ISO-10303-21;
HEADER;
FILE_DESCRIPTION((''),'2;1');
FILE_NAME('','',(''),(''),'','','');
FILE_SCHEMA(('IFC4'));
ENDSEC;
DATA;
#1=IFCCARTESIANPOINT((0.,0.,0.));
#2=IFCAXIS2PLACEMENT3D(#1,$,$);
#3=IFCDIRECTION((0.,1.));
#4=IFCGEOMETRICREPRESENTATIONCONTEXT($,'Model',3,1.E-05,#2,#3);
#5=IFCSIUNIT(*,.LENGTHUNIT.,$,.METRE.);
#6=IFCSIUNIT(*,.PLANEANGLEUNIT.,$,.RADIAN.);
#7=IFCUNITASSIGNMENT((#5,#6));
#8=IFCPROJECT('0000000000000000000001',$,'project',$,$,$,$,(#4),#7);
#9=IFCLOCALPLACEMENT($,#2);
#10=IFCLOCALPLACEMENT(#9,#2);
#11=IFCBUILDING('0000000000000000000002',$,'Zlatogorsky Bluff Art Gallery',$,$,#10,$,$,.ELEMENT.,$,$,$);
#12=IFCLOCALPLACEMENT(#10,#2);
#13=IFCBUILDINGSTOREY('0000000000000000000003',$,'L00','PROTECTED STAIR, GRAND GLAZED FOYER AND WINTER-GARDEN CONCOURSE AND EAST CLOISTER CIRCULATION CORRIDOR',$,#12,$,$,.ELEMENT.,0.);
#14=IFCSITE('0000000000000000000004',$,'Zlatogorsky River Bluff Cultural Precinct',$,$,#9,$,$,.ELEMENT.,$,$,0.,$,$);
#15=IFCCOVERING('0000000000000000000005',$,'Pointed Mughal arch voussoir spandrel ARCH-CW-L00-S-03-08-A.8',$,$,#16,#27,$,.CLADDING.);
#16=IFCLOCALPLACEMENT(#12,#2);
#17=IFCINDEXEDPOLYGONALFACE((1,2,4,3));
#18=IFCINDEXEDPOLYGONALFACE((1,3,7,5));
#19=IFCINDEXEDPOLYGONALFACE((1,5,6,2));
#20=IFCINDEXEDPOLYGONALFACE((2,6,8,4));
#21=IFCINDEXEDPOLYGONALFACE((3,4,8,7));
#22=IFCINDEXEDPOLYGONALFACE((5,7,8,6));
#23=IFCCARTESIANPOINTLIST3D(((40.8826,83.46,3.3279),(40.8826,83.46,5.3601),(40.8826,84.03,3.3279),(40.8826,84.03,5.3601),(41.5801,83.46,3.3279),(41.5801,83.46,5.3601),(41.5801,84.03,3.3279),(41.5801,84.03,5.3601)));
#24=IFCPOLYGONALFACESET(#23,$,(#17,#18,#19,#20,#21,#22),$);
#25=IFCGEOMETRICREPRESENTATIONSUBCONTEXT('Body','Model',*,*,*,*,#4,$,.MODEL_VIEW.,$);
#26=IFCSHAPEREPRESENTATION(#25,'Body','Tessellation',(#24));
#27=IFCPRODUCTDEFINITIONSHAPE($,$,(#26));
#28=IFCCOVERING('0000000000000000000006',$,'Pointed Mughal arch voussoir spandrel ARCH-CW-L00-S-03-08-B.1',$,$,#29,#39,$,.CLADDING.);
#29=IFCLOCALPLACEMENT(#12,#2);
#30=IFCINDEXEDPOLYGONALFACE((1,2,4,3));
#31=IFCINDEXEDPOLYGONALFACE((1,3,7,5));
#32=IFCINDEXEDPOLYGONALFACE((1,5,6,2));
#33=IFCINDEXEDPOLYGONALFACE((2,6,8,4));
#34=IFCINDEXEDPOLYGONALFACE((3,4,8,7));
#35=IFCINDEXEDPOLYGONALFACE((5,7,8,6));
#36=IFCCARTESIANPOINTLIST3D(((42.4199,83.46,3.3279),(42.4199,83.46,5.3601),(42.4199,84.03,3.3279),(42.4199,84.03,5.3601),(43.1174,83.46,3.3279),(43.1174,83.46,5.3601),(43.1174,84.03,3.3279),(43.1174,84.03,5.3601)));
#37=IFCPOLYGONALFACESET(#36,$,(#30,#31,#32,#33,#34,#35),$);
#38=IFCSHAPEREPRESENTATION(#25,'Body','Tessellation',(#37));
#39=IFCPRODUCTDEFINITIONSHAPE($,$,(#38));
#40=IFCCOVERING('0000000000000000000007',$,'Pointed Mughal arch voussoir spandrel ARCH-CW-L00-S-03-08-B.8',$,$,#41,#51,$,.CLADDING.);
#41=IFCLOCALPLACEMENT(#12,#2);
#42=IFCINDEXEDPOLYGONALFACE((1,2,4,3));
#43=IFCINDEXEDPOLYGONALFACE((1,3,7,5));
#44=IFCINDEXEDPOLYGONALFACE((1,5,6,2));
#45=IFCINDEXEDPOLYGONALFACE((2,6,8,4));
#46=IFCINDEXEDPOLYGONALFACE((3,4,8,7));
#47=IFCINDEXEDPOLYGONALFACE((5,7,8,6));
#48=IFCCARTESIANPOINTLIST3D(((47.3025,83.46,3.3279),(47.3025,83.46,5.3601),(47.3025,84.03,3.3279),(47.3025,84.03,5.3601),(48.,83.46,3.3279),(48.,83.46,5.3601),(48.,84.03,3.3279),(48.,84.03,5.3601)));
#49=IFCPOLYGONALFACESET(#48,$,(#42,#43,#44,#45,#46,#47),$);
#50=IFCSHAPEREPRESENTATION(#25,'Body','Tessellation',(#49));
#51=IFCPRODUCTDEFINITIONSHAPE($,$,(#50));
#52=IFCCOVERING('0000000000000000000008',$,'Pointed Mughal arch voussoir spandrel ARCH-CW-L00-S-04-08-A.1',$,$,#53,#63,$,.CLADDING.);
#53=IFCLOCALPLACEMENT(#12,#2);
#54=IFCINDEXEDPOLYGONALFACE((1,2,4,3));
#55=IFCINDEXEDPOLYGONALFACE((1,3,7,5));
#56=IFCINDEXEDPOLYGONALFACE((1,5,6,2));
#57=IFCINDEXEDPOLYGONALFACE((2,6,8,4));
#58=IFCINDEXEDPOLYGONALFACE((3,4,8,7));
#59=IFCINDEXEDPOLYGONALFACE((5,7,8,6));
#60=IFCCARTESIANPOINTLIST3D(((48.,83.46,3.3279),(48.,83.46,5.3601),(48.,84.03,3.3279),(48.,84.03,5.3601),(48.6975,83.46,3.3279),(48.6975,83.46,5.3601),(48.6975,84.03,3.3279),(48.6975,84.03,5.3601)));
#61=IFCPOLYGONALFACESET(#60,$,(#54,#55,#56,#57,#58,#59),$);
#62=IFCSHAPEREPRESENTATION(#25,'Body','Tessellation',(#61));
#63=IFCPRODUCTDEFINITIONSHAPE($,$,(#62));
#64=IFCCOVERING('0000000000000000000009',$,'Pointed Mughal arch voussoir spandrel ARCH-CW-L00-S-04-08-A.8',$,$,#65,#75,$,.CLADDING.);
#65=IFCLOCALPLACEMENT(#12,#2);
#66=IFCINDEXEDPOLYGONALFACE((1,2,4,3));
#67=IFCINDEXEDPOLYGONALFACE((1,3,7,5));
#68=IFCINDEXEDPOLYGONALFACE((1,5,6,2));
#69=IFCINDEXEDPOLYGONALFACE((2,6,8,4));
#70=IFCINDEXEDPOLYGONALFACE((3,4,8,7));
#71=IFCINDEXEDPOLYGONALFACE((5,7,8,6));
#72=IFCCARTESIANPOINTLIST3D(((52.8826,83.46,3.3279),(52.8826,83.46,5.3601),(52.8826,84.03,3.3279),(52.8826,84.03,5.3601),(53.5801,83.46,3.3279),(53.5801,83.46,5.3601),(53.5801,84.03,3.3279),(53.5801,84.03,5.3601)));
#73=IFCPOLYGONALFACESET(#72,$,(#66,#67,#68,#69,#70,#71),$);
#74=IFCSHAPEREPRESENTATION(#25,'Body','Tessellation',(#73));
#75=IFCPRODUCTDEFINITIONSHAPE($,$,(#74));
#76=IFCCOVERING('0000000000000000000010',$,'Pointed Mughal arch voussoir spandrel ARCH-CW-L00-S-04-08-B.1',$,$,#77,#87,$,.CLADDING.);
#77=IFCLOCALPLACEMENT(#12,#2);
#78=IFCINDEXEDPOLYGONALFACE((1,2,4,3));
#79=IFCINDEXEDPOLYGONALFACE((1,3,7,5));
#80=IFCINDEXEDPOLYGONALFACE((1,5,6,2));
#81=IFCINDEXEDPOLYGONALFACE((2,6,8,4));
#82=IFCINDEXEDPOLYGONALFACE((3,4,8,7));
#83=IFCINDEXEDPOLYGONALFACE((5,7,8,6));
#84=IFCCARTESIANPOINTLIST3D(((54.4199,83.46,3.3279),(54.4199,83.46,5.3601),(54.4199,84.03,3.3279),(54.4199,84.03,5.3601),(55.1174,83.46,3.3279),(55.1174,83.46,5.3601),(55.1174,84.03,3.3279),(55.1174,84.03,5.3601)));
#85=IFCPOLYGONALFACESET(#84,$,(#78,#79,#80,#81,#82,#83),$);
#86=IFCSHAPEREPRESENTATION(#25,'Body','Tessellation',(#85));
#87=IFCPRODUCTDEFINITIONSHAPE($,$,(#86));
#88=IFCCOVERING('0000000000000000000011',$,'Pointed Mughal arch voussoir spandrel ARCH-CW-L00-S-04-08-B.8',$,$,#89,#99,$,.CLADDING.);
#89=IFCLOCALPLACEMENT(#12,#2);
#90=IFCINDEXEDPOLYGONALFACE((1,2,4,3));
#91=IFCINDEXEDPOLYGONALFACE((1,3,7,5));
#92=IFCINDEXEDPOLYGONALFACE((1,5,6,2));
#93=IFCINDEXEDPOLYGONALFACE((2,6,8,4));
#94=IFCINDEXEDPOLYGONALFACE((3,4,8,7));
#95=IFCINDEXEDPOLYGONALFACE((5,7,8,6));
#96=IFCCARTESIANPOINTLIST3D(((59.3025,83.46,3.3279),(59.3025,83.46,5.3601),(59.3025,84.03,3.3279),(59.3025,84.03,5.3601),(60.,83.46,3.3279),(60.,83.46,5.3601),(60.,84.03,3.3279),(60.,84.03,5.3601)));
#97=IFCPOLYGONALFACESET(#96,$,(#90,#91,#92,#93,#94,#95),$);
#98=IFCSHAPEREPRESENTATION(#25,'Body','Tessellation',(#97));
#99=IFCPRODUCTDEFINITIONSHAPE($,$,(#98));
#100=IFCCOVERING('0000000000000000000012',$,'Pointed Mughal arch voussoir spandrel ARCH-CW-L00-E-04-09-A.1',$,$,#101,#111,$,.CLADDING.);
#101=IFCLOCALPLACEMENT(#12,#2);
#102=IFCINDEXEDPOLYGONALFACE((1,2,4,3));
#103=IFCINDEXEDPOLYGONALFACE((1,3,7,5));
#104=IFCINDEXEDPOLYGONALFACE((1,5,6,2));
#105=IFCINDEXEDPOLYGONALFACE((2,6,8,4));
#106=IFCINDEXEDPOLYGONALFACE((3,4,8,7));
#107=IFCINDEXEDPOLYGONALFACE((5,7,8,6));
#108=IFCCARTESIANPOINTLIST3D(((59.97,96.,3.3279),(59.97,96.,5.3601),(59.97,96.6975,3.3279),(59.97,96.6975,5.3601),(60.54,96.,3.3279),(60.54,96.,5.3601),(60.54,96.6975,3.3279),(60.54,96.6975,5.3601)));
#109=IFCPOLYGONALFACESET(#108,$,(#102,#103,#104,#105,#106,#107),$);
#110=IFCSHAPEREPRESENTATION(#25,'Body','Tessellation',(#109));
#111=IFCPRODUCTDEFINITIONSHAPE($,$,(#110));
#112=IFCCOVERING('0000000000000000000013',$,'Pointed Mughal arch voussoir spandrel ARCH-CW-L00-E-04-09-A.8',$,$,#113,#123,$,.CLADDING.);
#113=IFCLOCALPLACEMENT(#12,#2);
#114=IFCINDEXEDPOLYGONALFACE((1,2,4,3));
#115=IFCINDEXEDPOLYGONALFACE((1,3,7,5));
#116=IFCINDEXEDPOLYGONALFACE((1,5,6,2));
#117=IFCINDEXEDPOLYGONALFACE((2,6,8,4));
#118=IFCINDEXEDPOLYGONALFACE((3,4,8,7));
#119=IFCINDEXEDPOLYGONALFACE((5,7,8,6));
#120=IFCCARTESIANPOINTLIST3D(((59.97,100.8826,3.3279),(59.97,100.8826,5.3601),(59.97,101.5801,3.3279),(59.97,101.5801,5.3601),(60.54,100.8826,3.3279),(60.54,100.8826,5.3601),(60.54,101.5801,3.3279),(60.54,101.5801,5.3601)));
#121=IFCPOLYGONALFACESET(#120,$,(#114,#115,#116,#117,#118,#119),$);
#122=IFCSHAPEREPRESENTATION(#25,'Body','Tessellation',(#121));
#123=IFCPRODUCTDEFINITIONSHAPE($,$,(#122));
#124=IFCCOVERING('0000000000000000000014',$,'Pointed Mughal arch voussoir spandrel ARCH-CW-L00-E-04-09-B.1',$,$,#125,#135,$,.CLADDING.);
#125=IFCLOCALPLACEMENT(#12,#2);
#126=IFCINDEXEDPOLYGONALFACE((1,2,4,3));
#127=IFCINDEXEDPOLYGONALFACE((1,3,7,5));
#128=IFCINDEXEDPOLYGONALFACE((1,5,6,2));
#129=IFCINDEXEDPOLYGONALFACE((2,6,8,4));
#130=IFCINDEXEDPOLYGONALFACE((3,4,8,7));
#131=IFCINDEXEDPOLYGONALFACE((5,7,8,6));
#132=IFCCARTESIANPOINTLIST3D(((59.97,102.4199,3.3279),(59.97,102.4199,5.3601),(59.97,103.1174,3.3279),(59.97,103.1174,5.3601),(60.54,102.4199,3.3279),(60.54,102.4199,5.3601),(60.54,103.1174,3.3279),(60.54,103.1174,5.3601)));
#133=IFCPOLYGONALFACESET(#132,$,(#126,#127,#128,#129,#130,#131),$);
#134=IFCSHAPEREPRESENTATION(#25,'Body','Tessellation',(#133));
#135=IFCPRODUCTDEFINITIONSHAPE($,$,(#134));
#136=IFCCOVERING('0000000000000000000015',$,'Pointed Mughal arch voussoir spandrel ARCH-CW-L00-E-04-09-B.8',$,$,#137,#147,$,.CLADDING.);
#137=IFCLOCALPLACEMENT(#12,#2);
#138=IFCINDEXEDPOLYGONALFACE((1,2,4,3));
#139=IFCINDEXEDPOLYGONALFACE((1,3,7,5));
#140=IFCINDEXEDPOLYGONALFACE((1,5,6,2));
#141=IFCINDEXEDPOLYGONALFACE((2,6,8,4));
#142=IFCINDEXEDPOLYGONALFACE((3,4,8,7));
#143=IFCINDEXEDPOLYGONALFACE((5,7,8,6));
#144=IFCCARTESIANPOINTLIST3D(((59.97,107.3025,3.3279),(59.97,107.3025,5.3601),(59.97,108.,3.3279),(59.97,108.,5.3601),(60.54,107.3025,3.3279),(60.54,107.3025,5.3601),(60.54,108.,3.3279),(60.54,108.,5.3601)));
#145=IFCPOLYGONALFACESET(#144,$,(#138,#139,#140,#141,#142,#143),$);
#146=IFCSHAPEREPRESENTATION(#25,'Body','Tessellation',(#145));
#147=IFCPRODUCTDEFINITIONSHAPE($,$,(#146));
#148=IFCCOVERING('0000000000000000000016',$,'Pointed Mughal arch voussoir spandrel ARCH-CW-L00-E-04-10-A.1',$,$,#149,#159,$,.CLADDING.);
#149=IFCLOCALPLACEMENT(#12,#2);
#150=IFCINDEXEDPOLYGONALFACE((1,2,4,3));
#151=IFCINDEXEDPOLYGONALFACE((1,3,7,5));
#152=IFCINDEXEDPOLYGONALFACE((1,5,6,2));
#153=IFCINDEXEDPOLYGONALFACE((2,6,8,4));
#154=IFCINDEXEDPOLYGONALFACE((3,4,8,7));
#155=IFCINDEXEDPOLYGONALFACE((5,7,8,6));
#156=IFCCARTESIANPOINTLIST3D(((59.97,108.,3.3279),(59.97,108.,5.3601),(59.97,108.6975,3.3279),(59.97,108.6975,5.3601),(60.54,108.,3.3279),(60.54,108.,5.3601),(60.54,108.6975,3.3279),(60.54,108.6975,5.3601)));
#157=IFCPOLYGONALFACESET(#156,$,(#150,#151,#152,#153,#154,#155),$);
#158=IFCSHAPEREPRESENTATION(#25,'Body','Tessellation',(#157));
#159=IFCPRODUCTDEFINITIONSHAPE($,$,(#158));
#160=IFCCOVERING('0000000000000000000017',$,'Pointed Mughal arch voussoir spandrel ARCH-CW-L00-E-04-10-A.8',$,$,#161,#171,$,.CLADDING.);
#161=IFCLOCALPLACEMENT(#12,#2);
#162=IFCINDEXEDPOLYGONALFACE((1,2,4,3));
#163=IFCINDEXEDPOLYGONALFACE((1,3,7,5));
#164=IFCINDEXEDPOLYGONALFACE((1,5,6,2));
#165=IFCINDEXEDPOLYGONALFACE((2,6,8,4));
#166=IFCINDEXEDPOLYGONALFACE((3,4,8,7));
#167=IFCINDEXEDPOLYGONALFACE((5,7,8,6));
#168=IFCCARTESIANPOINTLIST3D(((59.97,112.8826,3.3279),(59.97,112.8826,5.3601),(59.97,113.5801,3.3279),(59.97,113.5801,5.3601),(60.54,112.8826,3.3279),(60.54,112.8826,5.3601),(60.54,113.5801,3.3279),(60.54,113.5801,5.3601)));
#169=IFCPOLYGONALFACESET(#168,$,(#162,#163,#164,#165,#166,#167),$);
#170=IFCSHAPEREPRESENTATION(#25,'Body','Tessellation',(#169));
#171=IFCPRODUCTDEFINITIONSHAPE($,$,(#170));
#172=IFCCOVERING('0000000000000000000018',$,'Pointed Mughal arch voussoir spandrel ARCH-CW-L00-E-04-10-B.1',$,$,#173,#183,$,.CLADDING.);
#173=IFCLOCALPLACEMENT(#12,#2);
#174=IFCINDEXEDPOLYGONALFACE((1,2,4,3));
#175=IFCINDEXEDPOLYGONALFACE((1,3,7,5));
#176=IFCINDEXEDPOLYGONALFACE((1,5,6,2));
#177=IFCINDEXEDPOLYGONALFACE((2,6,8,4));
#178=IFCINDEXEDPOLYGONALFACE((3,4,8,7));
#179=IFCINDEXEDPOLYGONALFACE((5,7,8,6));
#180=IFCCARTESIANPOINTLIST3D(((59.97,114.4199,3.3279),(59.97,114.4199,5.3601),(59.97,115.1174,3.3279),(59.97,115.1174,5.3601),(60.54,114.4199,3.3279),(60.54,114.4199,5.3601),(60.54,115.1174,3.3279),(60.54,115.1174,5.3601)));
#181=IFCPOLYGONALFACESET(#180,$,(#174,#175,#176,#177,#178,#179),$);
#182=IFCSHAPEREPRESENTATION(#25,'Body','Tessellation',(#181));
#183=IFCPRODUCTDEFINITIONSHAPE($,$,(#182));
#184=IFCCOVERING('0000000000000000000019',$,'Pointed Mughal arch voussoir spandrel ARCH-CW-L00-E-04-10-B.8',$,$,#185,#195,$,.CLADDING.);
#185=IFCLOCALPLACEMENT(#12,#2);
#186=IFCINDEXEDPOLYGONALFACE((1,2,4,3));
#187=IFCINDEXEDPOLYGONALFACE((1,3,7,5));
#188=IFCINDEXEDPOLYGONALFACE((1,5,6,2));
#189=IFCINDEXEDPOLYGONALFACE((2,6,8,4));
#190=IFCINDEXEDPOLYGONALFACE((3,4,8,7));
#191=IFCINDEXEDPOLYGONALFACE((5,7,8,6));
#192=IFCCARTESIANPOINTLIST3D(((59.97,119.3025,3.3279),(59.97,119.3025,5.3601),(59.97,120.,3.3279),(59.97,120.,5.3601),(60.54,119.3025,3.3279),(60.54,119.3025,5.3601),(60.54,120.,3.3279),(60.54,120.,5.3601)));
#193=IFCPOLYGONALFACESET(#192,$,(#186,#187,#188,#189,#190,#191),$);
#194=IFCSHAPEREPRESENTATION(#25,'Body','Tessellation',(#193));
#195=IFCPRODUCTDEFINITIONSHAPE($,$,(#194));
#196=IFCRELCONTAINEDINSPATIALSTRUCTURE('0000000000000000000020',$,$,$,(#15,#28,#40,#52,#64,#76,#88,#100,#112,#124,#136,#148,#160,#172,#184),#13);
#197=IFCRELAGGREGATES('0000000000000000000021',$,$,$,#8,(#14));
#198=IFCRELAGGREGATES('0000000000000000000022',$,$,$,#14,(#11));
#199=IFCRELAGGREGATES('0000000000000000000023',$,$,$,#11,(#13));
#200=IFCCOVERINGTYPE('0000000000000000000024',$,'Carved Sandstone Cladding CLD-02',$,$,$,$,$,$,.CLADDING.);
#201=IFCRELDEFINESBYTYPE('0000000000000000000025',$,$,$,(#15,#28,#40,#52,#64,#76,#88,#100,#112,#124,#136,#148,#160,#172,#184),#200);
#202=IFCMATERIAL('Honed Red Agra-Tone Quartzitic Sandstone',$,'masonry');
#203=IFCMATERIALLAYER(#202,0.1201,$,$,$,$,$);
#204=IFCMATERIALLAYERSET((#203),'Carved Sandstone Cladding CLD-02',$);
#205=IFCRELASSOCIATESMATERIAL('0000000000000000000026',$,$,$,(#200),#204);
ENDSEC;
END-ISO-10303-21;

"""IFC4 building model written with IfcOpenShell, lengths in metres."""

from ifc_helpers import new_model, si_unit, direction, frame, origin, place, context, subcontext, project, spatial, polyline, outline, extrude, material, layer, layer_set, type_object, element, save


model = new_model("IFC4")

# Units and contexts
model_context = context("Model", 3, precision=1e-05, world=origin(), true_north=direction((0.0, 1.0)))
body_context = subcontext(model_context, "Body", "Model", "MODEL_VIEW")
ifc_project = project(units=[si_unit("LENGTHUNIT", "METRE"), si_unit("PLANEANGLEUNIT", "RADIAN")], contexts=[model_context])

# Site, building, storey
site_placement = place(None, origin())
site = spatial("IfcSite", under=ifc_project, at=site_placement, Name="Zlatogorsky River Bluff Cultural Precinct", CompositionType="ELEMENT", RefElevation=0.0)
building_placement = place(site_placement, origin())
building = spatial("IfcBuilding", under=site, at=building_placement, Name="Zlatogorsky Bluff Art Gallery", CompositionType="ELEMENT")
storey_placement = place(building_placement, origin())
storey = spatial("IfcBuildingStorey", under=building, at=storey_placement, Name="L00", Description="PROTECTED STAIR, GRAND GLAZED FOYER AND WINTER-GARDEN CONCOURSE AND EAST CLOISTER CIRCULATION CORRIDOR", CompositionType="ELEMENT", Elevation=0.0)

# Coverings
ifc_material = material(Name="Honed Red Agra-Tone Quartzitic Sandstone", Category="masonry")
ifc_layer = layer(ifc_material, 0.1201)
ifc_layer_set = layer_set([ifc_layer], Name="Carved Sandstone Cladding CLD-02")
covering_type = type_object("IfcCoveringType", Name="Carved Sandstone Cladding CLD-02", PredefinedType="CLADDING", material=ifc_layer_set)
covering_1_placement = place(storey_placement, frame((0.0, 0.0, 3.3279)))
element("IfcCovering", 1, at=covering_1_placement, inside=storey, type_object=covering_type, Name="Pointed Mughal arch voussoir spandrel ARCH-CW-L00-S-03-08-A.8", PredefinedType="CLADDING", context=body_context, shape_type="SweptSolid", body=[
    extrude(outline(polyline([(40.8826, 83.46), (41.5801, 83.46), (41.5801, 84.03), (40.8826, 84.03), (40.8826, 83.46)])), origin(), (0.0, 0.0, 1.0), 2.0322),
])
covering_2_placement = place(storey_placement, frame((0.0, 0.0, 3.3279)))
element("IfcCovering", 2, at=covering_2_placement, inside=storey, type_object=covering_type, Name="Pointed Mughal arch voussoir spandrel ARCH-CW-L00-S-03-08-B.1", PredefinedType="CLADDING", context=body_context, shape_type="SweptSolid", body=[
    extrude(outline(polyline([(42.4199, 83.46), (43.1174, 83.46), (43.1174, 84.03), (42.4199, 84.03), (42.4199, 83.46)])), origin(), (0.0, 0.0, 1.0), 2.0322),
])
covering_3_placement = place(storey_placement, frame((0.0, 0.0, 3.3279)))
element("IfcCovering", 3, at=covering_3_placement, inside=storey, type_object=covering_type, Name="Pointed Mughal arch voussoir spandrel ARCH-CW-L00-S-03-08-B.8", PredefinedType="CLADDING", context=body_context, shape_type="SweptSolid", body=[
    extrude(outline(polyline([(47.3025, 83.46), (48.0, 83.46), (48.0, 84.03), (47.3025, 84.03), (47.3025, 83.46)])), origin(), (0.0, 0.0, 1.0), 2.0322),
])
covering_4_placement = place(storey_placement, frame((0.0, 0.0, 3.3279)))
element("IfcCovering", 4, at=covering_4_placement, inside=storey, type_object=covering_type, Name="Pointed Mughal arch voussoir spandrel ARCH-CW-L00-S-04-08-A.1", PredefinedType="CLADDING", context=body_context, shape_type="SweptSolid", body=[
    extrude(outline(polyline([(48.0, 83.46), (48.6975, 83.46), (48.6975, 84.03), (48.0, 84.03), (48.0, 83.46)])), origin(), (0.0, 0.0, 1.0), 2.0322),
])
covering_5_placement = place(storey_placement, frame((0.0, 0.0, 3.3279)))
element("IfcCovering", 5, at=covering_5_placement, inside=storey, type_object=covering_type, Name="Pointed Mughal arch voussoir spandrel ARCH-CW-L00-S-04-08-A.8", PredefinedType="CLADDING", context=body_context, shape_type="SweptSolid", body=[
    extrude(outline(polyline([(52.8826, 83.46), (53.5801, 83.46), (53.5801, 84.03), (52.8826, 84.03), (52.8826, 83.46)])), origin(), (0.0, 0.0, 1.0), 2.0322),
])
covering_6_placement = place(storey_placement, frame((0.0, 0.0, 3.3279)))
element("IfcCovering", 6, at=covering_6_placement, inside=storey, type_object=covering_type, Name="Pointed Mughal arch voussoir spandrel ARCH-CW-L00-S-04-08-B.1", PredefinedType="CLADDING", context=body_context, shape_type="SweptSolid", body=[
    extrude(outline(polyline([(54.4199, 83.46), (55.1174, 83.46), (55.1174, 84.03), (54.4199, 84.03), (54.4199, 83.46)])), origin(), (0.0, 0.0, 1.0), 2.0322),
])
covering_7_placement = place(storey_placement, frame((0.0, 0.0, 3.3279)))
element("IfcCovering", 7, at=covering_7_placement, inside=storey, type_object=covering_type, Name="Pointed Mughal arch voussoir spandrel ARCH-CW-L00-S-04-08-B.8", PredefinedType="CLADDING", context=body_context, shape_type="SweptSolid", body=[
    extrude(outline(polyline([(59.3025, 83.46), (60.0, 83.46), (60.0, 84.03), (59.3025, 84.03), (59.3025, 83.46)])), origin(), (0.0, 0.0, 1.0), 2.0322),
])
covering_8_placement = place(storey_placement, frame((0.0, 0.0, 3.3279)))
element("IfcCovering", 8, at=covering_8_placement, inside=storey, type_object=covering_type, Name="Pointed Mughal arch voussoir spandrel ARCH-CW-L00-E-04-09-A.1", PredefinedType="CLADDING", context=body_context, shape_type="SweptSolid", body=[
    extrude(outline(polyline([(59.97, 96.0), (59.97, 96.6975), (60.54, 96.6975), (60.54, 96.0), (59.97, 96.0)])), origin(), (0.0, 0.0, 1.0), 2.0322),
])
covering_9_placement = place(storey_placement, frame((0.0, 0.0, 3.3279)))
element("IfcCovering", 9, at=covering_9_placement, inside=storey, type_object=covering_type, Name="Pointed Mughal arch voussoir spandrel ARCH-CW-L00-E-04-09-A.8", PredefinedType="CLADDING", context=body_context, shape_type="SweptSolid", body=[
    extrude(outline(polyline([(59.97, 100.8826), (59.97, 101.5801), (60.54, 101.5801), (60.54, 100.8826), (59.97, 100.8826)])), origin(), (0.0, 0.0, 1.0), 2.0322),
])
covering_10_placement = place(storey_placement, frame((0.0, 0.0, 3.3279)))
element("IfcCovering", 10, at=covering_10_placement, inside=storey, type_object=covering_type, Name="Pointed Mughal arch voussoir spandrel ARCH-CW-L00-E-04-09-B.1", PredefinedType="CLADDING", context=body_context, shape_type="SweptSolid", body=[
    extrude(outline(polyline([(59.97, 102.4199), (59.97, 103.1174), (60.54, 103.1174), (60.54, 102.4199), (59.97, 102.4199)])), origin(), (0.0, 0.0, 1.0), 2.0322),
])
covering_11_placement = place(storey_placement, frame((0.0, 0.0, 3.3279)))
element("IfcCovering", 11, at=covering_11_placement, inside=storey, type_object=covering_type, Name="Pointed Mughal arch voussoir spandrel ARCH-CW-L00-E-04-09-B.8", PredefinedType="CLADDING", context=body_context, shape_type="SweptSolid", body=[
    extrude(outline(polyline([(59.97, 107.3025), (59.97, 108.0), (60.54, 108.0), (60.54, 107.3025), (59.97, 107.3025)])), origin(), (0.0, 0.0, 1.0), 2.0322),
])
covering_12_placement = place(storey_placement, frame((0.0, 0.0, 3.3279)))
element("IfcCovering", 12, at=covering_12_placement, inside=storey, type_object=covering_type, Name="Pointed Mughal arch voussoir spandrel ARCH-CW-L00-E-04-10-A.1", PredefinedType="CLADDING", context=body_context, shape_type="SweptSolid", body=[
    extrude(outline(polyline([(59.97, 108.0), (59.97, 108.6975), (60.54, 108.6975), (60.54, 108.0), (59.97, 108.0)])), origin(), (0.0, 0.0, 1.0), 2.0322),
])
covering_13_placement = place(storey_placement, frame((0.0, 0.0, 3.3279)))
element("IfcCovering", 13, at=covering_13_placement, inside=storey, type_object=covering_type, Name="Pointed Mughal arch voussoir spandrel ARCH-CW-L00-E-04-10-A.8", PredefinedType="CLADDING", context=body_context, shape_type="SweptSolid", body=[
    extrude(outline(polyline([(59.97, 112.8826), (59.97, 113.5801), (60.54, 113.5801), (60.54, 112.8826), (59.97, 112.8826)])), origin(), (0.0, 0.0, 1.0), 2.0322),
])
covering_14_placement = place(storey_placement, frame((0.0, 0.0, 3.3279)))
element("IfcCovering", 14, at=covering_14_placement, inside=storey, type_object=covering_type, Name="Pointed Mughal arch voussoir spandrel ARCH-CW-L00-E-04-10-B.1", PredefinedType="CLADDING", context=body_context, shape_type="SweptSolid", body=[
    extrude(outline(polyline([(59.97, 114.4199), (59.97, 115.1174), (60.54, 115.1174), (60.54, 114.4199), (59.97, 114.4199)])), origin(), (0.0, 0.0, 1.0), 2.0322),
])
covering_15_placement = place(storey_placement, frame((0.0, 0.0, 3.3279)))
element("IfcCovering", 15, at=covering_15_placement, inside=storey, type_object=covering_type, Name="Pointed Mughal arch voussoir spandrel ARCH-CW-L00-E-04-10-B.8", PredefinedType="CLADDING", context=body_context, shape_type="SweptSolid", body=[
    extrude(outline(polyline([(59.97, 119.3025), (59.97, 120.0), (60.54, 120.0), (60.54, 119.3025), (59.97, 119.3025)])), origin(), (0.0, 0.0, 1.0), 2.0322),
])

save(model, "model.ifc")
